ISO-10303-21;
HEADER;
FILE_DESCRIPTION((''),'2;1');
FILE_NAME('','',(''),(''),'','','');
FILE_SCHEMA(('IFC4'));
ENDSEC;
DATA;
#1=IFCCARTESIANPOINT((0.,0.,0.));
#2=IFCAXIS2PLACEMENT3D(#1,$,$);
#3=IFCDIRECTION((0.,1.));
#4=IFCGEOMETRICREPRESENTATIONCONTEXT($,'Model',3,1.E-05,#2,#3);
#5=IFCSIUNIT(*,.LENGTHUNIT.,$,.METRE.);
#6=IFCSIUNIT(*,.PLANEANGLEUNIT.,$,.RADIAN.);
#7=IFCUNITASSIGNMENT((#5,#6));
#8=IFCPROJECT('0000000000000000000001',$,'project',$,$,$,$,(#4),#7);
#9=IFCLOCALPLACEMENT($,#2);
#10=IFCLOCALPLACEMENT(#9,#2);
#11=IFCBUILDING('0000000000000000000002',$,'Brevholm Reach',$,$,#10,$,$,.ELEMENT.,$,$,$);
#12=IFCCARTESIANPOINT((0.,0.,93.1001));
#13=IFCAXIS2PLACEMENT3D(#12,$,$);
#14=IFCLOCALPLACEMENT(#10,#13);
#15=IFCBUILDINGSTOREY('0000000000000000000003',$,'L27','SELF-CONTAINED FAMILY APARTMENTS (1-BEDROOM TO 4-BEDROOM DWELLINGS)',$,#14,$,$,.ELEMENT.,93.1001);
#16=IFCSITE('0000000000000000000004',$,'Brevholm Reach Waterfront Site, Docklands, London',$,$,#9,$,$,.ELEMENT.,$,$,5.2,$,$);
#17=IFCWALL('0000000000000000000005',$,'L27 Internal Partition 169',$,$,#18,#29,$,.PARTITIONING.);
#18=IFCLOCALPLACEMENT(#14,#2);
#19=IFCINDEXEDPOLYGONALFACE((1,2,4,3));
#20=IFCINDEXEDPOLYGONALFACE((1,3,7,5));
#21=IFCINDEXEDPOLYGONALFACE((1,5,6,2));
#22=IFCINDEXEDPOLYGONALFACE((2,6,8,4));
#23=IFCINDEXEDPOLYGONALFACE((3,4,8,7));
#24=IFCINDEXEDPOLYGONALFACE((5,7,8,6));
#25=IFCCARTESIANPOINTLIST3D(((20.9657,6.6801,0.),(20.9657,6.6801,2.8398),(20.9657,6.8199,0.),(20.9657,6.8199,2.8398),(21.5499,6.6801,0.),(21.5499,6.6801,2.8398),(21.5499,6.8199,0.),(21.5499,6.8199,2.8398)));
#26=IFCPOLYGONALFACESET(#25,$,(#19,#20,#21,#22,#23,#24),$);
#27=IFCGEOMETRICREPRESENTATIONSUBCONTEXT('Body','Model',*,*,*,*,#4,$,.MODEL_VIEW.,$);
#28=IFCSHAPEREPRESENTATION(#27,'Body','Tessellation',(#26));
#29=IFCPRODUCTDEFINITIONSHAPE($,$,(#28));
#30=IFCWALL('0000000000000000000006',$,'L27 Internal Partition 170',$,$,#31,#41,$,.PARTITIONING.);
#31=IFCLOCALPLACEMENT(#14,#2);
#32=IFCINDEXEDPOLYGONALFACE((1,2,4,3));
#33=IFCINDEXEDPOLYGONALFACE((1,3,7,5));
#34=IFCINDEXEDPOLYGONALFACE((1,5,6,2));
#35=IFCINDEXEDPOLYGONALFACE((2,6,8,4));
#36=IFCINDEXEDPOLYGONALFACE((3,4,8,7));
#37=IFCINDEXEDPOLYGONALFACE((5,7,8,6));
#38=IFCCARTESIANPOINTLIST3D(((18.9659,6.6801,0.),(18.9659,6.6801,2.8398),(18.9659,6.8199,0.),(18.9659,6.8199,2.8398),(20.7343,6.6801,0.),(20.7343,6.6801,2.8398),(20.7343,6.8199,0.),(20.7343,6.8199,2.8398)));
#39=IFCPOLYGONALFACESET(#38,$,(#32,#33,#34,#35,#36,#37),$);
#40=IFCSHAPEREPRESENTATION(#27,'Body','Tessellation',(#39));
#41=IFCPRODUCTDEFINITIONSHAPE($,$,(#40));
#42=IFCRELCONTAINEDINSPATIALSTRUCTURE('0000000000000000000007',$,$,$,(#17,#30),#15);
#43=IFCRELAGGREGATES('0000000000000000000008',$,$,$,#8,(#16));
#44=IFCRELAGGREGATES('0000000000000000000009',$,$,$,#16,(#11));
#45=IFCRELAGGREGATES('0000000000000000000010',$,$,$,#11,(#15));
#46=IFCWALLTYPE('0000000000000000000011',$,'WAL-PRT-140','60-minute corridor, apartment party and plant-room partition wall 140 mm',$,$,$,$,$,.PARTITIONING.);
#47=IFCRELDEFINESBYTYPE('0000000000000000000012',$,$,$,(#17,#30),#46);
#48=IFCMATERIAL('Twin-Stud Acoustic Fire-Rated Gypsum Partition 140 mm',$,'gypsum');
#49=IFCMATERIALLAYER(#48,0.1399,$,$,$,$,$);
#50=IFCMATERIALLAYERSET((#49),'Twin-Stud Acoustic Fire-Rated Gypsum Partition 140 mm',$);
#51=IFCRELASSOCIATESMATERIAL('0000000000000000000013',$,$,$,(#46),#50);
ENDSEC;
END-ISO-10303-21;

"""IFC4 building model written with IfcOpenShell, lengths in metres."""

from ifc_helpers import new_model, si_unit, direction, frame, frame_2d, origin, place, context, subcontext, project, spatial, rectangle, extrude, material, layer, layer_set, type_object, element, save


model = new_model("IFC4")

# Units and contexts
model_context = context("Model", 3, precision=1e-05, world=origin(), true_north=direction((0.0, 1.0)))
body_context = subcontext(model_context, "Body", "Model", "MODEL_VIEW")
ifc_project = project(units=[si_unit("LENGTHUNIT", "METRE"), si_unit("PLANEANGLEUNIT", "RADIAN")], contexts=[model_context])

# Site, building, storey
site_placement = place(None, origin())
site = spatial("IfcSite", under=ifc_project, at=site_placement, Name="Brevholm Reach Waterfront Site, Docklands, London", CompositionType="ELEMENT", RefElevation=5.2)
building_placement = place(site_placement, origin())
building = spatial("IfcBuilding", under=site, at=building_placement, Name="Brevholm Reach", CompositionType="ELEMENT")
storey_placement = place(building_placement, frame((0.0, 0.0, 93.1001)))
storey = spatial("IfcBuildingStorey", under=building, at=storey_placement, Name="L27", Description="SELF-CONTAINED FAMILY APARTMENTS (1-BEDROOM TO 4-BEDROOM DWELLINGS)", CompositionType="ELEMENT", Elevation=93.1001)

# Shared definitions
ifc_material_1 = material(Name="Twin-Stud Acoustic Fire-Rated Gypsum Partition 140 mm", Category="gypsum")
ifc_layer_1 = layer(ifc_material_1, 0.1399)
ifc_layer_set_1 = layer_set([ifc_layer_1], Name="Twin-Stud Acoustic Fire-Rated Gypsum Partition 140 mm")
wall_type_1 = type_object("IfcWallType", Name="WAL-PRT-140", Description="60-minute corridor, apartment party and plant-room partition wall 140 mm", PredefinedType="PARTITIONING", material=ifc_layer_set_1)

# Walls
wall_1_placement = place(storey_placement, frame((20.9658, 6.75, 0.0), z_axis=(0.0, 0.0, 1.0), x_axis=(1.0, 0.0, 0.0)))
element("IfcWall", 1, at=wall_1_placement, inside=storey, type_object=wall_type_1, Name="L27 Internal Partition 169", PredefinedType="PARTITIONING", context=body_context, shape_type="SweptSolid", body=[
    extrude(rectangle(XDim=0.5842, YDim=0.1399, at=frame_2d((0.292, 0.0))), origin(), (0.0, 0.0, 1.0), 2.8398),
])
wall_2_placement = place(storey_placement, frame((18.9658, 6.75, 0.0), z_axis=(0.0, 0.0, 1.0), x_axis=(1.0, 0.0, 0.0)))
element("IfcWall", 2, at=wall_2_placement, inside=storey, type_object=wall_type_1, Name="L27 Internal Partition 170", PredefinedType="PARTITIONING", context=body_context, shape_type="SweptSolid", body=[
    extrude(rectangle(XDim=1.7683, YDim=0.1399, at=frame_2d((0.8843, 0.0))), origin(), (0.0, 0.0, 1.0), 2.8398),
])

save(model, "model.ifc")
